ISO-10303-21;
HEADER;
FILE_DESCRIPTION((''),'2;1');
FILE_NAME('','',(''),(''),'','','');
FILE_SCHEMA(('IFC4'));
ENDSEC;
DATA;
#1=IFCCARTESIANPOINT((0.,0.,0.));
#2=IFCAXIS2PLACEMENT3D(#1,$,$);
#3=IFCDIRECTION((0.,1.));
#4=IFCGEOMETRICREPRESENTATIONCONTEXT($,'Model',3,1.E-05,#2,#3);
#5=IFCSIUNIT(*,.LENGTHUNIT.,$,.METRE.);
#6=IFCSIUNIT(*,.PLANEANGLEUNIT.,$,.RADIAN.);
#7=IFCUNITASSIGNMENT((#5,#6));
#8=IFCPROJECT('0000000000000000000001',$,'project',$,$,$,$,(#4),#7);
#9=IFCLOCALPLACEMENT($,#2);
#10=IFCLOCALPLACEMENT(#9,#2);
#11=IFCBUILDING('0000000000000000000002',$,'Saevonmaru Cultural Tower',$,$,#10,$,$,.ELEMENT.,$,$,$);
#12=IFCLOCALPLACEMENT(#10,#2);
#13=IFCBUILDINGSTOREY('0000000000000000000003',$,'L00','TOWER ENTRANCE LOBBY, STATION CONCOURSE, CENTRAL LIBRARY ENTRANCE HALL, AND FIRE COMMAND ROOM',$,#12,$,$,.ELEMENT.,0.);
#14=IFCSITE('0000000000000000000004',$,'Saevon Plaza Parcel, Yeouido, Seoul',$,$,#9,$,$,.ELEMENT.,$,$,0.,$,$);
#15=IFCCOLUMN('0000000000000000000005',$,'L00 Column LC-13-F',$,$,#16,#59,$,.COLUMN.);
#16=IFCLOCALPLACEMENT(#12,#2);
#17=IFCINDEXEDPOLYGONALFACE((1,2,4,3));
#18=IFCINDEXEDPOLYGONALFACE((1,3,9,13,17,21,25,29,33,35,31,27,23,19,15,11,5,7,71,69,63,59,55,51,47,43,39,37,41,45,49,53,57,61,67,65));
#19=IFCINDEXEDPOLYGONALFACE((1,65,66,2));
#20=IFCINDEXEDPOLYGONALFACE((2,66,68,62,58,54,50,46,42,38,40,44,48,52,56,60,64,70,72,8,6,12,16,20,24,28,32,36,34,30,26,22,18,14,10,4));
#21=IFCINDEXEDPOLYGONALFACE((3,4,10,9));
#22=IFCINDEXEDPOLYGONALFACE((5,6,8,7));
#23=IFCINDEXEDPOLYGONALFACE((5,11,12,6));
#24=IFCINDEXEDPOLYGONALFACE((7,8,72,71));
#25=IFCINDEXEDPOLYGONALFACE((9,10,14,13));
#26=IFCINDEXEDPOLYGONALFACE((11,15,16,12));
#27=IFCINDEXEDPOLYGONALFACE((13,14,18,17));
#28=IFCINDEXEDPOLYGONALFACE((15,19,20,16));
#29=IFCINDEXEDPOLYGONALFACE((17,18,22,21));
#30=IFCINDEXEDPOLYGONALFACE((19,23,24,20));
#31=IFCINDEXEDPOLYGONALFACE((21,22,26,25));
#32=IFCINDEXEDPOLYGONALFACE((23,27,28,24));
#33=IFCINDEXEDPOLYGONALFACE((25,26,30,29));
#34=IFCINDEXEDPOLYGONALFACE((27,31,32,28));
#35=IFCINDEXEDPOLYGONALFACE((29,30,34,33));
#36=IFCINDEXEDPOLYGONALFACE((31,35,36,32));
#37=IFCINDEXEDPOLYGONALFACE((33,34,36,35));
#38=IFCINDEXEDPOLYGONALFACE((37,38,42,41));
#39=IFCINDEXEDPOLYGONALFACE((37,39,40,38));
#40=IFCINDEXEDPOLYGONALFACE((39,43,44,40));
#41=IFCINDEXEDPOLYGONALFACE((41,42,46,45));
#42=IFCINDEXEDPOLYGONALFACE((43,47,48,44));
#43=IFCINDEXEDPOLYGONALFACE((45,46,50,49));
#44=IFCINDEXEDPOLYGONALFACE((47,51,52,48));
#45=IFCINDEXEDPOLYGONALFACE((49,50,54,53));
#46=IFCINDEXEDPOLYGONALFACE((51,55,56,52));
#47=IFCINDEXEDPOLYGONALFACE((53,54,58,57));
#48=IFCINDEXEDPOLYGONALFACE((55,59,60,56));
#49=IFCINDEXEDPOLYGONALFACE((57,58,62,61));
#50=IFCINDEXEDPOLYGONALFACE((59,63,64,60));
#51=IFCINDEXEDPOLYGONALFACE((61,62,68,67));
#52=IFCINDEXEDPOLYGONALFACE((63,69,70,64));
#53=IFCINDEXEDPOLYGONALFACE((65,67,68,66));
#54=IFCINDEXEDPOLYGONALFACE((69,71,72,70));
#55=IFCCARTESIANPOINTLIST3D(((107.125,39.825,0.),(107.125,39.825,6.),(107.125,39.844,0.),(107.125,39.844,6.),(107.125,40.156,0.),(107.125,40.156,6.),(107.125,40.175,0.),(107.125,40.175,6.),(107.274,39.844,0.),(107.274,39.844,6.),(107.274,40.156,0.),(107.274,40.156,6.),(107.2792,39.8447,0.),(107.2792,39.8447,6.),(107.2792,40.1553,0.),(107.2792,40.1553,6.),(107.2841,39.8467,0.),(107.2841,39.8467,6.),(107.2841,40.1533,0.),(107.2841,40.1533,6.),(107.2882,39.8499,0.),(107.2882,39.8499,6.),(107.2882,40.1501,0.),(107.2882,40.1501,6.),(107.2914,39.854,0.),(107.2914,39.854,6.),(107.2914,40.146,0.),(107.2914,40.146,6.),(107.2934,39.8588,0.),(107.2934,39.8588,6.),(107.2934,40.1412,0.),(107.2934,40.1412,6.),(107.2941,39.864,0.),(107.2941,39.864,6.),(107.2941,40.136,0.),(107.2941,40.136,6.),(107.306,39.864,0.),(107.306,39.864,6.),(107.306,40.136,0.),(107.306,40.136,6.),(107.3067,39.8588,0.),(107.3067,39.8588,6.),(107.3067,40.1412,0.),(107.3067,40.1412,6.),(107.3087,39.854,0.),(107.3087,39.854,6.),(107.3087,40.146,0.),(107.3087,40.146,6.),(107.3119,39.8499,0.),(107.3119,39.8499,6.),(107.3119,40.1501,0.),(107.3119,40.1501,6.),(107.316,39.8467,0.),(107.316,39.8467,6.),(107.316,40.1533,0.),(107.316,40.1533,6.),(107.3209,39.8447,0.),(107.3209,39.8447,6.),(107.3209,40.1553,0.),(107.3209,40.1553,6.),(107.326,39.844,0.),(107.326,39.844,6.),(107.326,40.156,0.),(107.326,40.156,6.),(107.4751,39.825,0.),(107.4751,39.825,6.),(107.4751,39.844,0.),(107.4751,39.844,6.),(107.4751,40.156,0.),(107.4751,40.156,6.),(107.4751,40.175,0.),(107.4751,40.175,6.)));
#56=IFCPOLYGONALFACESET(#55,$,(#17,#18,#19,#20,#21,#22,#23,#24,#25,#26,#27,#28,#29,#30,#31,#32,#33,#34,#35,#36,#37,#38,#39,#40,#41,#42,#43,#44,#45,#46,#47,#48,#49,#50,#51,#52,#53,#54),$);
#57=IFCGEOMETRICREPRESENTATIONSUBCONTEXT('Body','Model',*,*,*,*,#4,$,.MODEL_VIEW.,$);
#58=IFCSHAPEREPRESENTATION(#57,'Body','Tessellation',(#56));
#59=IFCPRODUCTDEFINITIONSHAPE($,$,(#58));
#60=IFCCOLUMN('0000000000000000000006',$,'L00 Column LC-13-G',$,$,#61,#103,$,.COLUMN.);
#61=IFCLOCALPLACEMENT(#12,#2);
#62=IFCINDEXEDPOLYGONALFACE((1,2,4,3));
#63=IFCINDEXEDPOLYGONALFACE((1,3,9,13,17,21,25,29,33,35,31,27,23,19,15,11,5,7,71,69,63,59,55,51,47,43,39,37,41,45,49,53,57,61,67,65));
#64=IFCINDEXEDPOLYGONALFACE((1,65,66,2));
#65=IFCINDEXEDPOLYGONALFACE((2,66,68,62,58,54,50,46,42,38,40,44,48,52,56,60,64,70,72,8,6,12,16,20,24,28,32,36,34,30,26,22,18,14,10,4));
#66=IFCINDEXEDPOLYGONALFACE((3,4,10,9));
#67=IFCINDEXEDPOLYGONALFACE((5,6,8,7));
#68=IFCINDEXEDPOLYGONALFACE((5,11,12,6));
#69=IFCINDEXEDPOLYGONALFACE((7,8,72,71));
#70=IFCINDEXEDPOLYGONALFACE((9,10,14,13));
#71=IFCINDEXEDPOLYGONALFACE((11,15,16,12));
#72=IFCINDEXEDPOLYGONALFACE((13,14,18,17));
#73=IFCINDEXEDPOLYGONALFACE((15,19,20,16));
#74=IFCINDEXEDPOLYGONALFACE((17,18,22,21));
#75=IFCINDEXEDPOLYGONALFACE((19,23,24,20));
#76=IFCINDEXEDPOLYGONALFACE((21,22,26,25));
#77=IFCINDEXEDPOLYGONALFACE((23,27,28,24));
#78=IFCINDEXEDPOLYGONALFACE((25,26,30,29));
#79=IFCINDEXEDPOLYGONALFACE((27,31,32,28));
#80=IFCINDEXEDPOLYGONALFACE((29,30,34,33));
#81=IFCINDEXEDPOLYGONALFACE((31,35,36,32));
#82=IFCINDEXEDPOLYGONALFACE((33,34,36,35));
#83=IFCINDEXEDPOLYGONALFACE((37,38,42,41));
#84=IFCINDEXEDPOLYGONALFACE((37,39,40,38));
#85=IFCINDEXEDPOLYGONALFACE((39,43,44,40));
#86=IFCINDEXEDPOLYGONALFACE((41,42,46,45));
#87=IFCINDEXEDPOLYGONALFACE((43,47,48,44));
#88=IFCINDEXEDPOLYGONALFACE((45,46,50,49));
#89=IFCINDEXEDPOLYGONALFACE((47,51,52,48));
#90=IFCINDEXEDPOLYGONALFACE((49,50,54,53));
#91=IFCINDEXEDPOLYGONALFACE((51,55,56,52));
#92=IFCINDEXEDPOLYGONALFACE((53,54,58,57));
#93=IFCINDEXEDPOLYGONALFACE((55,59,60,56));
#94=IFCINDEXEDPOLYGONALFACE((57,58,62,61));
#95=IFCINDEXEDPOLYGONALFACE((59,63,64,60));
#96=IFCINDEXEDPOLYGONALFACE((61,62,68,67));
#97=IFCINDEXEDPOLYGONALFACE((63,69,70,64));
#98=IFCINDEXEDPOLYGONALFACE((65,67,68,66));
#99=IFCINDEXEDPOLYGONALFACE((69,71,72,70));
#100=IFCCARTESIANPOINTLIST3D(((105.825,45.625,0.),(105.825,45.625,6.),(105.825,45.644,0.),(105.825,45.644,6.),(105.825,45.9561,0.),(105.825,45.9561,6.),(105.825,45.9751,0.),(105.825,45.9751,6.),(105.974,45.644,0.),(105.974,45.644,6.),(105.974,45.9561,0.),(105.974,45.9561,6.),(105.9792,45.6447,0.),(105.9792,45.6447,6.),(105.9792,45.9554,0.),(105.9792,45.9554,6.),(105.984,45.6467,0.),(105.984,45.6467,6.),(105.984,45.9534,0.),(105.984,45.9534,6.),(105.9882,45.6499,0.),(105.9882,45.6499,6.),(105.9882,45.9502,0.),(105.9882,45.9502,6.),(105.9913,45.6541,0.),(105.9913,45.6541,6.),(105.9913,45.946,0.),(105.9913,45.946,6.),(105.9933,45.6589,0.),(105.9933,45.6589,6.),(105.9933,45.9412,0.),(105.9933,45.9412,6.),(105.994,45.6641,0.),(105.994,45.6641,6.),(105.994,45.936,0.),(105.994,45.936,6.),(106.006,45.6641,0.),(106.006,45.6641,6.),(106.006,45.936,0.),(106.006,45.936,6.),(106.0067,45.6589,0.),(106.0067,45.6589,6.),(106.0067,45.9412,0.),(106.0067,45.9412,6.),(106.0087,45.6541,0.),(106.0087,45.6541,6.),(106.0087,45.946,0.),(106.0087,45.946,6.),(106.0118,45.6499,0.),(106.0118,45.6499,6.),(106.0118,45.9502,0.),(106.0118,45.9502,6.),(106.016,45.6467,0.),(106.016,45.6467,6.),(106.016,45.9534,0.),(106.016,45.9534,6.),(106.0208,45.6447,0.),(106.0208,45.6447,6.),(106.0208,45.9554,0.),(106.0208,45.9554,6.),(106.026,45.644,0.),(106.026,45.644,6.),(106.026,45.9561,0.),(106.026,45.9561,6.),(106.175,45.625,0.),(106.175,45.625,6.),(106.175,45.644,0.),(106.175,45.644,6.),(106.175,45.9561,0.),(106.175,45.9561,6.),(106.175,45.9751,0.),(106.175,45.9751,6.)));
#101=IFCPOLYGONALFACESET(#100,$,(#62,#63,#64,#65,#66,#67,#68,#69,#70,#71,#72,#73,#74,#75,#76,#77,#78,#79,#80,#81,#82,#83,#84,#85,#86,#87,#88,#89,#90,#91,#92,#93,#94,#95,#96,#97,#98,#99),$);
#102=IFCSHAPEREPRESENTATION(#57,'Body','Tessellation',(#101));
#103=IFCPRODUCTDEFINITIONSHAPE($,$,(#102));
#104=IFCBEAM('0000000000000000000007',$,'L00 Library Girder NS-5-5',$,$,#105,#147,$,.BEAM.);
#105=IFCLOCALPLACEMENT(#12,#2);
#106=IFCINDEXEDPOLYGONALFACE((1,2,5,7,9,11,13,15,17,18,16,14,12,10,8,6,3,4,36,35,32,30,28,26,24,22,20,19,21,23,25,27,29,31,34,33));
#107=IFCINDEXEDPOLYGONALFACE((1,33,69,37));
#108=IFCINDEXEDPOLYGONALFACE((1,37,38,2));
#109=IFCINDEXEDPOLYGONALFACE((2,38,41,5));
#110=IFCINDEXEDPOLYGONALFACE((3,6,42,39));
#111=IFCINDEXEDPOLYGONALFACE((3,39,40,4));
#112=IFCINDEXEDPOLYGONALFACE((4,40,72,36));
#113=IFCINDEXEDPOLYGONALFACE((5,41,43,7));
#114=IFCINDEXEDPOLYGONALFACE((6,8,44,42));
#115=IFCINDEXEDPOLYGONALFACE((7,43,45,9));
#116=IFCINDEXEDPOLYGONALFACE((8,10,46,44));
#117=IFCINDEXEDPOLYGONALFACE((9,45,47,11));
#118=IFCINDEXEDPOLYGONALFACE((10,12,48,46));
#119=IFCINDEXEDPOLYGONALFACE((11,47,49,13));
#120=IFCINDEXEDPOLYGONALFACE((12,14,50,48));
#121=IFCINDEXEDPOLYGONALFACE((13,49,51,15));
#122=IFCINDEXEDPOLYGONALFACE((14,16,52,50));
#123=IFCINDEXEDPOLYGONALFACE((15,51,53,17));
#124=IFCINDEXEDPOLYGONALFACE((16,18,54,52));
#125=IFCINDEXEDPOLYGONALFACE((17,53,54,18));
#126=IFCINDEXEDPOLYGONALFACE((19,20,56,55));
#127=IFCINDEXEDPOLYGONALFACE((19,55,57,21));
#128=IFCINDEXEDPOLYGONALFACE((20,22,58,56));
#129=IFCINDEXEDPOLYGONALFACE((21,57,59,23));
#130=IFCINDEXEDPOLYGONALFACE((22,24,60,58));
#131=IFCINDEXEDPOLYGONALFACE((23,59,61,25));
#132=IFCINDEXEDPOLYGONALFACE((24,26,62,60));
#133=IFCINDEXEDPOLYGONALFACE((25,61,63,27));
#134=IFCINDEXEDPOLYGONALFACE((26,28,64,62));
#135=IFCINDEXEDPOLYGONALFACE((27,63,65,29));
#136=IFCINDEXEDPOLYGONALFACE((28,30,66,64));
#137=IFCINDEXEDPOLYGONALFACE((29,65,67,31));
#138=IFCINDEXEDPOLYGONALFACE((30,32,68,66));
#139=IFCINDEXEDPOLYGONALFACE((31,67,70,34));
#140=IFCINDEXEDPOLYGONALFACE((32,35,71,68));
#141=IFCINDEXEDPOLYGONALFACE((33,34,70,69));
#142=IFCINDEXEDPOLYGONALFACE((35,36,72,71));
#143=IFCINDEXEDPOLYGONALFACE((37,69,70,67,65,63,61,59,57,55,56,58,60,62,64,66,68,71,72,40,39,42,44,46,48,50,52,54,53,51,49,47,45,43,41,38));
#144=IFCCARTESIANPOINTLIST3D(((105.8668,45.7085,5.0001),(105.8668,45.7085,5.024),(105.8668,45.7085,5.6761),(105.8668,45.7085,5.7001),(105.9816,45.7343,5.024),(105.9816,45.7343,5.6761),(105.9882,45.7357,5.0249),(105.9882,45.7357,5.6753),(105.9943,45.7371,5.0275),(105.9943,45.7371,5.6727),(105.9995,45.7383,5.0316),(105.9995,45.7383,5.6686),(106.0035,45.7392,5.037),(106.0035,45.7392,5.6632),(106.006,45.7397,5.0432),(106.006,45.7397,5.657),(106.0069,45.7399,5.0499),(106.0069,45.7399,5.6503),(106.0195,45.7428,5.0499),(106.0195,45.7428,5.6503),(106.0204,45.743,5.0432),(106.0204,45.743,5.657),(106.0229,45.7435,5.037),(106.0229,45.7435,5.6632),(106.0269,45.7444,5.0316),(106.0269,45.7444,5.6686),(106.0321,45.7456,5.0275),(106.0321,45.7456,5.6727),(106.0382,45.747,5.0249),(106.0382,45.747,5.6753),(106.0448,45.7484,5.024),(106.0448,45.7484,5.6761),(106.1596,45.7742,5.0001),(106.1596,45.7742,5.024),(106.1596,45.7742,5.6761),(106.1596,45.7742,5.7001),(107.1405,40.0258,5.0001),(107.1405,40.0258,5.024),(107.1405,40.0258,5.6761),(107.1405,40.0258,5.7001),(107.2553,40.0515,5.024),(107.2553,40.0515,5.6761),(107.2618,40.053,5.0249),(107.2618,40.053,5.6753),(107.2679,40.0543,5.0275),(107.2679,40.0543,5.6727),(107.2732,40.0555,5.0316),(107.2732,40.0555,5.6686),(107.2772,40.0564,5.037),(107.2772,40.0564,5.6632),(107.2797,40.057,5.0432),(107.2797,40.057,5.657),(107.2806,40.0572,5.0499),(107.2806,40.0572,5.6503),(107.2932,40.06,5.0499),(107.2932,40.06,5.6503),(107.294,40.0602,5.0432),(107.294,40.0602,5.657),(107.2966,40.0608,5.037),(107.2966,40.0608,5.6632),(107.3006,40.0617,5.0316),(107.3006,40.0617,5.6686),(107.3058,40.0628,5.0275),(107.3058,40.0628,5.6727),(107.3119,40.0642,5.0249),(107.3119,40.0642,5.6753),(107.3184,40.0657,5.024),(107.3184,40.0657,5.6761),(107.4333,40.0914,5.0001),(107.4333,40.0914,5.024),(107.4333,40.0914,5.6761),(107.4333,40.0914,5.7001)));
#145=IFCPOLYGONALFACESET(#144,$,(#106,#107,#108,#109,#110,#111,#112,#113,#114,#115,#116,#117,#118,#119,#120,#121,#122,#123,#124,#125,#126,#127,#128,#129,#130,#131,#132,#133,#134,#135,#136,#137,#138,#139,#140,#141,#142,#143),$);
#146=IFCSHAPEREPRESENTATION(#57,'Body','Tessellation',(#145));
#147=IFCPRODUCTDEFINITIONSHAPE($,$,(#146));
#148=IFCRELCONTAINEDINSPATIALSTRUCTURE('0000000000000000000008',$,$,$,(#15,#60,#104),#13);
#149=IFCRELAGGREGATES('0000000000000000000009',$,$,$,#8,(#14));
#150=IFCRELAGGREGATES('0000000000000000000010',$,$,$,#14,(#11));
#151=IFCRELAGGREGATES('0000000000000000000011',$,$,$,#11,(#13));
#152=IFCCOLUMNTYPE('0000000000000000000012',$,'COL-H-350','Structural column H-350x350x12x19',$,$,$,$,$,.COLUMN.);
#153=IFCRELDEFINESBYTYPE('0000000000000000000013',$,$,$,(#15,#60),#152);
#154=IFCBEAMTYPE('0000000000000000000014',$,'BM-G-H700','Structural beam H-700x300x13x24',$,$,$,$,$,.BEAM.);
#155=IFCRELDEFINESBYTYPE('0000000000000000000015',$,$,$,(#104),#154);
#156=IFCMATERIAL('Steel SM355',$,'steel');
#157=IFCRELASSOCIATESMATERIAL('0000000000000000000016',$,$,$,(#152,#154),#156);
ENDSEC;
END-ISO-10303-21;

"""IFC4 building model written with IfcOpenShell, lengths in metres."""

from ifc_helpers import new_model, si_unit, direction, frame, origin, origin_2d, place, context, subcontext, project, spatial, i_section, extrude, material, material_profile, profile_set, type_object, element, save


model = new_model("IFC4")

# Units and contexts
model_context = context("Model", 3, precision=1e-05, world=origin(), true_north=direction((0.0, 1.0)))
body_context = subcontext(model_context, "Body", "Model", "MODEL_VIEW")
ifc_project = project(units=[si_unit("LENGTHUNIT", "METRE"), si_unit("PLANEANGLEUNIT", "RADIAN")], contexts=[model_context])

# Site, building, storey
site_placement = place(None, origin())
site = spatial("IfcSite", under=ifc_project, at=site_placement, Name="Saevon Plaza Parcel, Yeouido, Seoul", CompositionType="ELEMENT", RefElevation=0.0)
building_placement = place(site_placement, origin())
building = spatial("IfcBuilding", under=site, at=building_placement, Name="Saevonmaru Cultural Tower", CompositionType="ELEMENT")
storey_placement = place(building_placement, origin())
storey = spatial("IfcBuildingStorey", under=building, at=storey_placement, Name="L00", Description="TOWER ENTRANCE LOBBY, STATION CONCOURSE, CENTRAL LIBRARY ENTRANCE HALL, AND FIRE COMMAND ROOM", CompositionType="ELEMENT", Elevation=0.0)

# Columns
ifc_material_1 = material(Name="Steel SM355", Category="steel")
ifc_material_profile_1 = material_profile(ifc_material_1, i_section(OverallWidth=0.3501, OverallDepth=0.3501, WebThickness=0.012, FlangeThickness=0.019, FilletRadius=0.02, at=origin_2d()), Name="H-350x350x12x19")
ifc_profile_set_1 = profile_set([ifc_material_profile_1], Name="Steel SM355")
column_type = type_object("IfcColumnType", Name="COL-H-350", Description="Structural column H-350x350x12x19", PredefinedType="COLUMN", material=ifc_profile_set_1)
for number, where, z_axis, x_axis, name in (
    (1, (107.3, 40.0, 0.0), (0.0, 0.0, 1.0), (1.0, 0.0, 0.0), "L00 Column LC-13-F"),
    (2, (106.0, 45.8, 0.0), (0.0, 0.0, 1.0), (1.0, 0.0, 0.0), "L00 Column LC-13-G"),
):
    element("IfcColumn", number, at=place(storey_placement, frame(where, z_axis=z_axis, x_axis=x_axis)), inside=storey, type_object=column_type, Name=name, PredefinedType="COLUMN", context=body_context, shape_type="SweptSolid", body=[
        extrude(i_section(OverallWidth=0.3501, OverallDepth=0.3501, WebThickness=0.012, FlangeThickness=0.019, FilletRadius=0.02, at=origin_2d()), origin(), (0.0, 0.0, 1.0), 6.0),
    ])

# Beam
ifc_material_profile_2 = material_profile(ifc_material_1, i_section(OverallWidth=0.3, OverallDepth=0.7, WebThickness=0.0129, FlangeThickness=0.0239, FilletRadius=0.0259, at=origin_2d()), Name="H-700x300x13x24")
ifc_profile_set_2 = profile_set([ifc_material_profile_2], Name="Steel SM355")
beam_type = type_object("IfcBeamType", Name="BM-G-H700", Description="Structural beam H-700x300x13x24", PredefinedType="BEAM", material=ifc_profile_set_2)
beam_placement = place(storey_placement, frame((107.2869, 40.0586, 5.3501), z_axis=(-0.218701, 0.975792, 0.0), x_axis=(-0.975792, -0.218701, 0.0)))
element("IfcBeam", 3, at=beam_placement, inside=storey, type_object=beam_type, Name="L00 Library Girder NS-5-5", PredefinedType="BEAM", context=body_context, shape_type="SweptSolid", body=[
    extrude(i_section(OverallWidth=0.3, OverallDepth=0.7, WebThickness=0.0129, FlangeThickness=0.0239, FilletRadius=0.0259, at=origin_2d()), origin(), (0.0, 0.0, 1.0), 5.8237),
])

save(model, "model.ifc")
